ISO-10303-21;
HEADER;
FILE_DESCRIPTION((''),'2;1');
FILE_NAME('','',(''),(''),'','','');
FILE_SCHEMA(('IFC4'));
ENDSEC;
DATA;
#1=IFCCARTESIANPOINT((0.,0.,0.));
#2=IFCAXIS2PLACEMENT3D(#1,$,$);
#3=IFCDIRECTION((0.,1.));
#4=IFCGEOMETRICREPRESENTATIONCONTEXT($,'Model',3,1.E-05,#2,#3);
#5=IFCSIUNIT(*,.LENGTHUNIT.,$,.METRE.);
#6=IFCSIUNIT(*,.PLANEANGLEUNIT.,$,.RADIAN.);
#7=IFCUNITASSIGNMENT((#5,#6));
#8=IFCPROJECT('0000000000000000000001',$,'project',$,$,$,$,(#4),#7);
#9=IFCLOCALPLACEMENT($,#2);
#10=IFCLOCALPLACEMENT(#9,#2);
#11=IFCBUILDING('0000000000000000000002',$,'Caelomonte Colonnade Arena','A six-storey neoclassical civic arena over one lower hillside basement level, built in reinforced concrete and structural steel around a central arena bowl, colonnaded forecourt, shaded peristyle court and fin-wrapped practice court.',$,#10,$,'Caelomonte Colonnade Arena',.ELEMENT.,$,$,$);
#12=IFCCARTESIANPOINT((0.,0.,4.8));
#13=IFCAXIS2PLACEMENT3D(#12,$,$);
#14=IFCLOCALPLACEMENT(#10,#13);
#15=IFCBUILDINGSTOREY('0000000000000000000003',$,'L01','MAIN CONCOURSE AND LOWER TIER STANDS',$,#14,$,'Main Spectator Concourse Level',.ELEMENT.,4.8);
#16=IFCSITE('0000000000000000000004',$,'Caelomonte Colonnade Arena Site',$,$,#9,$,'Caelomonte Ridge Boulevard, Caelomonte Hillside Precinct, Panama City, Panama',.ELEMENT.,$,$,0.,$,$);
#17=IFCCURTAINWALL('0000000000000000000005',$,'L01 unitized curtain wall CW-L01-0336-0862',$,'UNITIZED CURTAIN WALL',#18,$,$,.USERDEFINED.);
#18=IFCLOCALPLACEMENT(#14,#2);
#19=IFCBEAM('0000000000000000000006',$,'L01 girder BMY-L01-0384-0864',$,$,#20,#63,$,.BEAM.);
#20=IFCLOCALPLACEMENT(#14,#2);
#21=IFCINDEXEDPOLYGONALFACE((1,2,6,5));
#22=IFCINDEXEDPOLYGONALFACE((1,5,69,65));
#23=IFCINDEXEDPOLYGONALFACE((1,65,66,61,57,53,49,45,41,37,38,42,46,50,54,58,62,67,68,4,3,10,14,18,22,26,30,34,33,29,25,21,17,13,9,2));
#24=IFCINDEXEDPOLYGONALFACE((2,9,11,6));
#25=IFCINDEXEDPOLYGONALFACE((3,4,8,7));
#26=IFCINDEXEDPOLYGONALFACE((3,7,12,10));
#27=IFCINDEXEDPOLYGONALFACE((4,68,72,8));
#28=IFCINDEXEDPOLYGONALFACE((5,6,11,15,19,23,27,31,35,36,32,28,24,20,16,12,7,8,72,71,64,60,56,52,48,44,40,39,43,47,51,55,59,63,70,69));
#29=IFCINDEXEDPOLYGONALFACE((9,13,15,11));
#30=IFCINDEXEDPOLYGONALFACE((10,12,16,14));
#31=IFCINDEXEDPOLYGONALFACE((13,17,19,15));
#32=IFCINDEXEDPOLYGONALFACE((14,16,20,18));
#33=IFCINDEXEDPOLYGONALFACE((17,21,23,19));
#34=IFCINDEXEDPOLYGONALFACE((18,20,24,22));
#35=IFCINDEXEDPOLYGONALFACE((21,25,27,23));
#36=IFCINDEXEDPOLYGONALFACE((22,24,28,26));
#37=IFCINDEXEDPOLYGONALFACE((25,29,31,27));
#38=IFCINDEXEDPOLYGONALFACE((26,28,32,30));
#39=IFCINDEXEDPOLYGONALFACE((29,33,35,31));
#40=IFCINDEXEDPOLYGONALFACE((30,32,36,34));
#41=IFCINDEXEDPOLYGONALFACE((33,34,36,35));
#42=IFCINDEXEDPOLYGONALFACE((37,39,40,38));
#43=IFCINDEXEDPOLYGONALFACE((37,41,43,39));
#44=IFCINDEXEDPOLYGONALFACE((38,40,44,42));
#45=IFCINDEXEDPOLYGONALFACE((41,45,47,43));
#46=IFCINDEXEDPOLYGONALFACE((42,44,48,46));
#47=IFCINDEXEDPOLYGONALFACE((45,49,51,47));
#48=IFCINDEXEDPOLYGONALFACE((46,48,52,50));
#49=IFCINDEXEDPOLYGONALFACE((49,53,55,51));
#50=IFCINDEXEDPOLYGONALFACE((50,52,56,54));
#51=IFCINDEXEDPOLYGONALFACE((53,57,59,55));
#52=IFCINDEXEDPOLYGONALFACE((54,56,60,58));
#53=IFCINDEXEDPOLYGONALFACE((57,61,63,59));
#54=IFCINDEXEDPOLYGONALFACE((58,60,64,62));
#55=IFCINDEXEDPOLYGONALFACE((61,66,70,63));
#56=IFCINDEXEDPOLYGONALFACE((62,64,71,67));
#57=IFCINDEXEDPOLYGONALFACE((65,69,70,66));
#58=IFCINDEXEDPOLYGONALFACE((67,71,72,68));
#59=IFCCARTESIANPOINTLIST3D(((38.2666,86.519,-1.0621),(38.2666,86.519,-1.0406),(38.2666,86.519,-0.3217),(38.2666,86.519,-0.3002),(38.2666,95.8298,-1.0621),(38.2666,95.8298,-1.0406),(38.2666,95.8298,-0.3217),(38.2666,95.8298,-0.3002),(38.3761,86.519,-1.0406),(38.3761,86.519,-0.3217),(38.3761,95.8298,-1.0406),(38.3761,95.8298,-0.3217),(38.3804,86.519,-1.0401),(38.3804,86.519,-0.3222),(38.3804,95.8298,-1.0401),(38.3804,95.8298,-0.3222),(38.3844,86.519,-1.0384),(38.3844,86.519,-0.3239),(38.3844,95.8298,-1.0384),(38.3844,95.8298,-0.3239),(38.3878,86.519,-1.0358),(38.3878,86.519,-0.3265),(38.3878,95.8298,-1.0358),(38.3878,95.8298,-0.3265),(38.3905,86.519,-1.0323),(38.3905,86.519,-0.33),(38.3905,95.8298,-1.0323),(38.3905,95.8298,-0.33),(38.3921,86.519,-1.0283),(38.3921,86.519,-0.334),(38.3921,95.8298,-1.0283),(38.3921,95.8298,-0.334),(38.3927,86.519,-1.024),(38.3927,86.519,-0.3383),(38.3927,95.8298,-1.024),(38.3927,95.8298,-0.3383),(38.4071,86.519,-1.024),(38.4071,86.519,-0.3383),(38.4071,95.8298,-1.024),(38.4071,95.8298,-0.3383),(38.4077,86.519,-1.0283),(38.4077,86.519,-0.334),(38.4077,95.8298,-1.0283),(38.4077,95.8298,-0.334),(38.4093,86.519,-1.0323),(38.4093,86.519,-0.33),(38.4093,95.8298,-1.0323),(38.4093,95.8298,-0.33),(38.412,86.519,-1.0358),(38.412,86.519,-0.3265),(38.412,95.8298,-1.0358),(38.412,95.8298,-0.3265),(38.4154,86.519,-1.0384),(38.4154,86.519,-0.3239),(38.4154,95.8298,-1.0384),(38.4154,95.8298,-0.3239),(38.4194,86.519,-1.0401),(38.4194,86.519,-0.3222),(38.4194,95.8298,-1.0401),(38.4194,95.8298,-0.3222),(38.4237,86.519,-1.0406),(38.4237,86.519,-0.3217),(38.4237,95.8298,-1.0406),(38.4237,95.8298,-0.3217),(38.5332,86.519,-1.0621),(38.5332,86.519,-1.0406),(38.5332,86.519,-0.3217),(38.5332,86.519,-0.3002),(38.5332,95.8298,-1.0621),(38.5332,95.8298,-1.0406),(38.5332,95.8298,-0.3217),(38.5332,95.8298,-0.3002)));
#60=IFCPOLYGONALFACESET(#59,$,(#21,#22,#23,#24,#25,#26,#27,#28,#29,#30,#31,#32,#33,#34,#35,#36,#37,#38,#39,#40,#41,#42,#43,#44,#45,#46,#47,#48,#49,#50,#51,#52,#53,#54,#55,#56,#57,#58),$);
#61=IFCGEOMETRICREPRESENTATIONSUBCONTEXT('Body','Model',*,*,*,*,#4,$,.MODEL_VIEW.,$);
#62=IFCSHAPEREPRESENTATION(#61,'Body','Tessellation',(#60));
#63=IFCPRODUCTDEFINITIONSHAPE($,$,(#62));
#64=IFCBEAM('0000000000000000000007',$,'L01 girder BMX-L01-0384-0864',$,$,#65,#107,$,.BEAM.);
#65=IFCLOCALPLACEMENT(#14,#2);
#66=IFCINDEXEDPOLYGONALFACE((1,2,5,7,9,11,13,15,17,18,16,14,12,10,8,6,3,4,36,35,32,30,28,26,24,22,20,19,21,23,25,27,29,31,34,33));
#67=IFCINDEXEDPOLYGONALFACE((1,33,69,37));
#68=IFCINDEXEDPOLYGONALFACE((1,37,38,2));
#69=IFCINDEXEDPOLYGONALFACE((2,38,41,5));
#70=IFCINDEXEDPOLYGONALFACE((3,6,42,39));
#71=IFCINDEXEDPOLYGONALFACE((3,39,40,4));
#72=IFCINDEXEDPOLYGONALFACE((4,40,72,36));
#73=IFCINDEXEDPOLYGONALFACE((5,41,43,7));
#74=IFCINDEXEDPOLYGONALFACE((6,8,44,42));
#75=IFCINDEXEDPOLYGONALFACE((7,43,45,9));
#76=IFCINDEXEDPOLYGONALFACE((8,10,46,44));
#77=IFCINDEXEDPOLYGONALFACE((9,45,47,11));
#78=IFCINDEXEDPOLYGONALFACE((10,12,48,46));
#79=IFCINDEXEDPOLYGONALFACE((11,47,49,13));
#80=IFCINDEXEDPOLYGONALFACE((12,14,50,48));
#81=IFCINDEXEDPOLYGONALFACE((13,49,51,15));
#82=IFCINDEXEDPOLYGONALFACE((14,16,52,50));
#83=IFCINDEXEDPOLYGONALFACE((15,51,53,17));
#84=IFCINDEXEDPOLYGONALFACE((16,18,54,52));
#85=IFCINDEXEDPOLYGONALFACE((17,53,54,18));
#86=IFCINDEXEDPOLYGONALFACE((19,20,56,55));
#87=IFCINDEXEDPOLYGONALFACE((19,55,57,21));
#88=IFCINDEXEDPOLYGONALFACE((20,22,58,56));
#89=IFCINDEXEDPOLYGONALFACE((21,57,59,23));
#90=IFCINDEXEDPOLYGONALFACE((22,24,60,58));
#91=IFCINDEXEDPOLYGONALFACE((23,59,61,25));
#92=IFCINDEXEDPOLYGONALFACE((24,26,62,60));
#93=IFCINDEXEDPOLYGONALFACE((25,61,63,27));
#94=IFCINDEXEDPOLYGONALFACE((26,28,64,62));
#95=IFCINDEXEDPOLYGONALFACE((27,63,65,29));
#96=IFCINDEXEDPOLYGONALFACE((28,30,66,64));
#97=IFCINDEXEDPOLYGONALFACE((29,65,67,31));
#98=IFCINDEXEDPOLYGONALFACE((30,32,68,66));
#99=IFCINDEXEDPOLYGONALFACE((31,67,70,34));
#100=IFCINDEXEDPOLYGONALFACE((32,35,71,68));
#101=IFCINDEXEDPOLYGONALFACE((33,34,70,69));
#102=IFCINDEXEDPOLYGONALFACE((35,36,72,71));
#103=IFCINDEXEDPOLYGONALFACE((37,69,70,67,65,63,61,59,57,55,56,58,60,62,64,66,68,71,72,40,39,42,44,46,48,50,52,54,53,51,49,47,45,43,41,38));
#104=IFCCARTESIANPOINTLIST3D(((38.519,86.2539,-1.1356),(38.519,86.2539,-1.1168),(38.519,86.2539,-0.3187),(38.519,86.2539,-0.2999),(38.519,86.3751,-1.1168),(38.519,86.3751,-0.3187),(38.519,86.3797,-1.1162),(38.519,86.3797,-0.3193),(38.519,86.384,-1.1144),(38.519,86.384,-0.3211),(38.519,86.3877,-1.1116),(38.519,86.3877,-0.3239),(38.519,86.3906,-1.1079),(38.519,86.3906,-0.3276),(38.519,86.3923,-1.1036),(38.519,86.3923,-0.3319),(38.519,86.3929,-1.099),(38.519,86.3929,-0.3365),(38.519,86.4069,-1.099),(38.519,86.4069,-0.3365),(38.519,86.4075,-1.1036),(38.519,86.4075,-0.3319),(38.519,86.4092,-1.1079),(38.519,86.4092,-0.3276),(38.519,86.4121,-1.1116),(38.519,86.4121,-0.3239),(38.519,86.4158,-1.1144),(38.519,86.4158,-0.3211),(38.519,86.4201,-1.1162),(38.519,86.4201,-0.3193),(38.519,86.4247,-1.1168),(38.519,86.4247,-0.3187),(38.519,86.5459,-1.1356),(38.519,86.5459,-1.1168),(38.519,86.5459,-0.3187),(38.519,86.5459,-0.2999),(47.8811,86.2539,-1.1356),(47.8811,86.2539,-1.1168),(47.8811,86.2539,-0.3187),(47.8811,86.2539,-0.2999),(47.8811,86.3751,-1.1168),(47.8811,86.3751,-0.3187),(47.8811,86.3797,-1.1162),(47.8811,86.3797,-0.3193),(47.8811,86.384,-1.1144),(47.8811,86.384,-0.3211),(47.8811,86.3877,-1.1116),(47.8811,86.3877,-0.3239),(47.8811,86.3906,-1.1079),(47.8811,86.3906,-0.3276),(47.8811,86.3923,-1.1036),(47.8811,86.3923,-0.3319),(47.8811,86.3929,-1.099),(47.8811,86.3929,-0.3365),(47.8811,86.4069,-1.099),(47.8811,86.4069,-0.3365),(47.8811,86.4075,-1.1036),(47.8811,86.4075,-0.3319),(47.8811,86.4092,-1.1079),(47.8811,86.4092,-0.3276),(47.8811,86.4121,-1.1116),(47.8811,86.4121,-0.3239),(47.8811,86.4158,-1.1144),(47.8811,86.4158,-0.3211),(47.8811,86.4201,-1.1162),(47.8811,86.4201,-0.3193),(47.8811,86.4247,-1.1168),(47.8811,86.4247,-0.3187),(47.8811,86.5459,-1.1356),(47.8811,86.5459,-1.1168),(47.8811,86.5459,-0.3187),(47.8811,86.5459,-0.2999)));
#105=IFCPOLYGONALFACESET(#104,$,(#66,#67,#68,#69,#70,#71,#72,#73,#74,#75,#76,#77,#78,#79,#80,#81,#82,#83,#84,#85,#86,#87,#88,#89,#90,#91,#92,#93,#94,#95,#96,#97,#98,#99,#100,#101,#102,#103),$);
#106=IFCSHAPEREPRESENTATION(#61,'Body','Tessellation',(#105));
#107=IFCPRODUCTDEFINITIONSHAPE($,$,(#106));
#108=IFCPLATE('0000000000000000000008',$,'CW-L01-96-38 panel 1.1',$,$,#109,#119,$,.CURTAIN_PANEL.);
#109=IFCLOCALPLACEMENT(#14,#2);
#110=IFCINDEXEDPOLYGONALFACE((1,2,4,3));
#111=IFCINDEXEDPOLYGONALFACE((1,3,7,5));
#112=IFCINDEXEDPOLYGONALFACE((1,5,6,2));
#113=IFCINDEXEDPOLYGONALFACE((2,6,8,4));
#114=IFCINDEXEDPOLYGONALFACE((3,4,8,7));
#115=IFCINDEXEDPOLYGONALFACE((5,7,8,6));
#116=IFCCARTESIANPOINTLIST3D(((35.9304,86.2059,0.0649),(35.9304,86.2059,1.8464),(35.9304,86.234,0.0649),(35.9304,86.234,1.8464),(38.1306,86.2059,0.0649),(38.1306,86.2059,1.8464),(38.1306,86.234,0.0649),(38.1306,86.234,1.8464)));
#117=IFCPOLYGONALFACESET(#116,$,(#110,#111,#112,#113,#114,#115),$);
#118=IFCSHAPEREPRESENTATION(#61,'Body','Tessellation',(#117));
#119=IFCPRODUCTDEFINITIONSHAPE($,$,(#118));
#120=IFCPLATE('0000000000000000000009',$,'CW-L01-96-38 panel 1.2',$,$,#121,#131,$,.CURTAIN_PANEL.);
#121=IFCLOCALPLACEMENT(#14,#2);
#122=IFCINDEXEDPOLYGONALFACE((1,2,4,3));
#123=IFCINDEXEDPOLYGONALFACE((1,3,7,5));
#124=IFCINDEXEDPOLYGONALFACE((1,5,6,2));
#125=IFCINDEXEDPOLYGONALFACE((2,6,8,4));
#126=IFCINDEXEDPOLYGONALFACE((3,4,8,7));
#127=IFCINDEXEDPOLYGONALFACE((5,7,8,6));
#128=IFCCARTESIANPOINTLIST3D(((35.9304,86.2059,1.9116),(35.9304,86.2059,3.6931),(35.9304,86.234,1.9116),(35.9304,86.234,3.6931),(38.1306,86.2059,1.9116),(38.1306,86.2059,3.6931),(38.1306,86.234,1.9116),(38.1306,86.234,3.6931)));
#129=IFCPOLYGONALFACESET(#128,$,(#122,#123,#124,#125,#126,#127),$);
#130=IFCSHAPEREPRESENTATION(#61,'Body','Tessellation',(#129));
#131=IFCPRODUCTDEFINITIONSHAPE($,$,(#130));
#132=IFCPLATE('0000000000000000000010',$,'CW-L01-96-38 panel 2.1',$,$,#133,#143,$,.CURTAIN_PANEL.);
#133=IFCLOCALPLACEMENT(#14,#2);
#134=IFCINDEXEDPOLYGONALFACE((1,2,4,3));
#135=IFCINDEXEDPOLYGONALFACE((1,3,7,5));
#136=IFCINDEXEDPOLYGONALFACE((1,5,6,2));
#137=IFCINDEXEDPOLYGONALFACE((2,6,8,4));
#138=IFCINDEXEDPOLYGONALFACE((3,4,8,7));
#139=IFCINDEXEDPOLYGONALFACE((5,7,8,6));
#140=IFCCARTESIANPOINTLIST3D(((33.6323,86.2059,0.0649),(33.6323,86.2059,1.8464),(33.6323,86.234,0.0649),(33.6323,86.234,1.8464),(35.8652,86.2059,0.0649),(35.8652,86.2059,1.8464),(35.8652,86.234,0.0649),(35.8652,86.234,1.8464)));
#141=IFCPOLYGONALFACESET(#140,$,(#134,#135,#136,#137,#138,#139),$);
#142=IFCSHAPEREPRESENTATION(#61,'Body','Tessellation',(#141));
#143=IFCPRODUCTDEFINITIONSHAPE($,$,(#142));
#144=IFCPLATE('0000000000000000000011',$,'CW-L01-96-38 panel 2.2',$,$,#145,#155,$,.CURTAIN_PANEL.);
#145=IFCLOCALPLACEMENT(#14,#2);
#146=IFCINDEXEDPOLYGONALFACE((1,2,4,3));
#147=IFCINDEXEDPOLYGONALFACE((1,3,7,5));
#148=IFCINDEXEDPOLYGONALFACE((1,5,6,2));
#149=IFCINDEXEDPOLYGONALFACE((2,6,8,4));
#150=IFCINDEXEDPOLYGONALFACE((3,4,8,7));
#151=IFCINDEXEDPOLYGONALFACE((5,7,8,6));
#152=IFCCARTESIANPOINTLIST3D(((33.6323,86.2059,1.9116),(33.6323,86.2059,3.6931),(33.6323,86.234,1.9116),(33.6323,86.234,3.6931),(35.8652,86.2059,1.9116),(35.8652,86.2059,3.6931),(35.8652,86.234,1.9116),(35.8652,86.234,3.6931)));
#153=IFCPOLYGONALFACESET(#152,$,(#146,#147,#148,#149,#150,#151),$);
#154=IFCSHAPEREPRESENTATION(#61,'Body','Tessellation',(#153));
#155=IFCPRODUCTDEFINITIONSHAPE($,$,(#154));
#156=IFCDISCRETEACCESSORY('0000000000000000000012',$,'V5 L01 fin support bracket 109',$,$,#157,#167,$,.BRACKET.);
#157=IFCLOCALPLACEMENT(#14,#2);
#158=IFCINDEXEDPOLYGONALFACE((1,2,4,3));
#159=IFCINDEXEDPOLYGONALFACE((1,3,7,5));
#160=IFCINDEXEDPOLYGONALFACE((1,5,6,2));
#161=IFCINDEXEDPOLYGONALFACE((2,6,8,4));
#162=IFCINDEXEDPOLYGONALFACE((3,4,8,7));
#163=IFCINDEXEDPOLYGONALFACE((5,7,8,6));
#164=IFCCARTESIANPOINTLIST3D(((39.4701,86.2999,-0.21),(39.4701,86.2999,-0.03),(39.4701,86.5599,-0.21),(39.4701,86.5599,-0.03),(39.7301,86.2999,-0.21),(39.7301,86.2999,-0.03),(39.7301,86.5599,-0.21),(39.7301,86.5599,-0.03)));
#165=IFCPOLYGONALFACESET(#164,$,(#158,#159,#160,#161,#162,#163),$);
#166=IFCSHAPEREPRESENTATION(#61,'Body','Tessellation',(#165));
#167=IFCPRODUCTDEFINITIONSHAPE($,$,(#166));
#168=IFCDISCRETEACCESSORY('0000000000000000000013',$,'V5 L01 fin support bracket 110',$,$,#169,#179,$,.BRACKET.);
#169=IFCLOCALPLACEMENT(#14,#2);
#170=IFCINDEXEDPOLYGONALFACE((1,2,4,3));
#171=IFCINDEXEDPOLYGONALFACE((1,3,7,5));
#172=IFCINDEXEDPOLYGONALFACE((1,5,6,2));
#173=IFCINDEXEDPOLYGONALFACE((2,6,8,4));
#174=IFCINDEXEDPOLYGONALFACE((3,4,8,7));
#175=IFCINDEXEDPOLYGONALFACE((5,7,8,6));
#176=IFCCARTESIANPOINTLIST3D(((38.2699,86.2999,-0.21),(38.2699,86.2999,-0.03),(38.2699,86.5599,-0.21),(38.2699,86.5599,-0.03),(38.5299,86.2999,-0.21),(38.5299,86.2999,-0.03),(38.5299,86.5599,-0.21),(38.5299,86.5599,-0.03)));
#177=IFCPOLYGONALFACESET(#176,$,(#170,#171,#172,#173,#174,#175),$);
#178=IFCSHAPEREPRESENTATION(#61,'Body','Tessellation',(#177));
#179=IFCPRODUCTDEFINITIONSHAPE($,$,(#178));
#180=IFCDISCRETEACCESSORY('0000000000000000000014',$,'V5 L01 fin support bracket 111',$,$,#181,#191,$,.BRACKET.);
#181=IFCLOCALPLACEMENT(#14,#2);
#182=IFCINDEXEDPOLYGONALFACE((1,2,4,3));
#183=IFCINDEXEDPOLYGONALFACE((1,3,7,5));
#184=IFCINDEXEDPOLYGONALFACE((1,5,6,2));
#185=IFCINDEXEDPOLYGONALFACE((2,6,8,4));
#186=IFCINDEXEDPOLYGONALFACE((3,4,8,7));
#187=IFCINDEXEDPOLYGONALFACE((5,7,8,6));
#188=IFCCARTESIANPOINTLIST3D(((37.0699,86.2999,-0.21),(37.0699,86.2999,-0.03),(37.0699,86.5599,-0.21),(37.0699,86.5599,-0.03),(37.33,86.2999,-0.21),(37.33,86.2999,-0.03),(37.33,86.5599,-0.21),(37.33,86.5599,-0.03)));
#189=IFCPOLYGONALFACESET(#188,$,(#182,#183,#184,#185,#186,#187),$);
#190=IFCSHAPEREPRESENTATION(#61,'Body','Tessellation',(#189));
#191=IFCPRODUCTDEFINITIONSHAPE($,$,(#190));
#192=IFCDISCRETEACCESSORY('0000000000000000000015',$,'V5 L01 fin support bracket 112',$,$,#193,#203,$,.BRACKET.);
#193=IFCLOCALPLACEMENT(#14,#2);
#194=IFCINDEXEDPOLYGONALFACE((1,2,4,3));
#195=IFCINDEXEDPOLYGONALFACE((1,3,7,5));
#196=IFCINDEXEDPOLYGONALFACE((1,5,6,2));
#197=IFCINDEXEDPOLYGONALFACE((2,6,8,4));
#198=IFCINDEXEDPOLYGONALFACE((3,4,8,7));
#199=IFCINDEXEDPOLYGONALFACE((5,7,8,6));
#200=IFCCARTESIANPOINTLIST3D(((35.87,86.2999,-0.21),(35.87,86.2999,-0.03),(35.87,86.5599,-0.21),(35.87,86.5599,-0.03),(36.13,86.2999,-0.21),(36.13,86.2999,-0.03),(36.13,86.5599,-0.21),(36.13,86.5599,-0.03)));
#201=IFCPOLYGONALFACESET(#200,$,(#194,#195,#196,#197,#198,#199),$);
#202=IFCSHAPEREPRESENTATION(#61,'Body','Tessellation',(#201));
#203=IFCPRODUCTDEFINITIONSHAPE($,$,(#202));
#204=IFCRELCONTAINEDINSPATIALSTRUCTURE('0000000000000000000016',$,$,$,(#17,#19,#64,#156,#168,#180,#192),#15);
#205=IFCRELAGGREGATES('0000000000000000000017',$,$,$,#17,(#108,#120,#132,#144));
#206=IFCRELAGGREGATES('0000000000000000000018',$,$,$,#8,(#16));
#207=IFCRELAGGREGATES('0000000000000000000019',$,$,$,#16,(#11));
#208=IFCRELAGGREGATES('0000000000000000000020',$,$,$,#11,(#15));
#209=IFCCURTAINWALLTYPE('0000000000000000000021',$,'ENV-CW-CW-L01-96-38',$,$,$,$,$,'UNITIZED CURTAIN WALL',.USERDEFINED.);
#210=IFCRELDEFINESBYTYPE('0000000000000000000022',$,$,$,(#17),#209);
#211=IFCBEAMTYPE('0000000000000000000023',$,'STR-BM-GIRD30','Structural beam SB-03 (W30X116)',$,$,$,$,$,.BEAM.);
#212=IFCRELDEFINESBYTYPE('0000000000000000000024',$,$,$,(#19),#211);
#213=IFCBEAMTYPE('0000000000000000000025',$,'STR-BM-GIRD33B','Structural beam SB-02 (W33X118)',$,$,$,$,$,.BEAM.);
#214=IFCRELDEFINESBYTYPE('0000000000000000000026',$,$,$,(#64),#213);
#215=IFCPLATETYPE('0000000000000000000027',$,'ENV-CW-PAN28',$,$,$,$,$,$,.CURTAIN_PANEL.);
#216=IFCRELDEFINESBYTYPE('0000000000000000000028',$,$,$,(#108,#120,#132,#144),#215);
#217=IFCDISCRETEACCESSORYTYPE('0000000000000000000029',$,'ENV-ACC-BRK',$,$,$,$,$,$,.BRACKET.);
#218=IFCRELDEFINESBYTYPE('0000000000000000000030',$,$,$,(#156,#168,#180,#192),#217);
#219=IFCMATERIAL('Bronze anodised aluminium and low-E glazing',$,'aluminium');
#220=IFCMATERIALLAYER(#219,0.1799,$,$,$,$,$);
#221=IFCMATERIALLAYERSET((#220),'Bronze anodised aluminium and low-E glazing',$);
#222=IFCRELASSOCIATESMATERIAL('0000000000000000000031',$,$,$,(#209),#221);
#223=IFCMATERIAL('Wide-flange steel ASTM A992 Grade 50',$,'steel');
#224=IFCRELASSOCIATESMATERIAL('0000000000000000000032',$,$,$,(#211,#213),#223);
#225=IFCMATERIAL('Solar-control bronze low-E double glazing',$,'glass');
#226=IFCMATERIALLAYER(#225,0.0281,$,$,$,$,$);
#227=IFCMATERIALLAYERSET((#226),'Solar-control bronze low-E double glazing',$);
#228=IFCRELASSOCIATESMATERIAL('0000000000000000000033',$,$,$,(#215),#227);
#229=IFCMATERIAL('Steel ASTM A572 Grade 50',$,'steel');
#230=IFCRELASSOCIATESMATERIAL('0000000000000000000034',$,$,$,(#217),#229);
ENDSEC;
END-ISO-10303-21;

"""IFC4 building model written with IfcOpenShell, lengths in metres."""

from ifc_helpers import new_model, si_unit, direction, frame, origin, origin_2d, place, context, subcontext, project, spatial, rectangle, i_section, extrude, material, layer, layer_set, material_profile, profile_set, type_object, element, aggregate, save


model = new_model("IFC4")

# Units and contexts
model_context = context("Model", 3, precision=1e-05, world=origin(), true_north=direction((0.0, 1.0)))
body_context = subcontext(model_context, "Body", "Model", "MODEL_VIEW")
ifc_project = project(units=[si_unit("LENGTHUNIT", "METRE"), si_unit("PLANEANGLEUNIT", "RADIAN")], contexts=[model_context])

# Site, building, storey
site_placement = place(None, origin())
site = spatial("IfcSite", under=ifc_project, at=site_placement, Name="Caelomonte Colonnade Arena Site", LongName="Caelomonte Ridge Boulevard, Caelomonte Hillside Precinct, Panama City, Panama", CompositionType="ELEMENT", RefElevation=0.0)
building_placement = place(site_placement, origin())
building = spatial("IfcBuilding", under=site, at=building_placement, Name="Caelomonte Colonnade Arena", Description="A six-storey neoclassical civic arena over one lower hillside basement level, built in reinforced concrete and structural steel around a central arena bowl, colonnaded forecourt, shaded peristyle court and fin-wrapped practice court.", LongName="Caelomonte Colonnade Arena", CompositionType="ELEMENT")
storey_placement = place(building_placement, frame((0.0, 0.0, 4.8)))
storey = spatial("IfcBuildingStorey", under=building, at=storey_placement, Name="L01", Description="MAIN CONCOURSE AND LOWER TIER STANDS", LongName="Main Spectator Concourse Level", CompositionType="ELEMENT", Elevation=4.8)

# Shared definitions
ifc_material_1 = material(Name="Wide-flange steel ASTM A992 Grade 50", Category="steel")

# Shared definitions
ifc_material_2 = material(Name="Bronze anodised aluminium and low-E glazing", Category="aluminium")
ifc_layer_1 = layer(ifc_material_2, 0.1799)
ifc_layer_set_1 = layer_set([ifc_layer_1], Name="Bronze anodised aluminium and low-E glazing")
curtain_wall_type = type_object("IfcCurtainWallType", Name="ENV-CW-CW-L01-96-38", ElementType="UNITIZED CURTAIN WALL", PredefinedType="USERDEFINED", material=ifc_layer_set_1)

# Curtain wall
curtain_wall_1_placement = place(storey_placement, origin())
curtain_wall_1 = element("IfcCurtainWall", 1, at=curtain_wall_1_placement, inside=storey, type_object=curtain_wall_type, Name="L01 unitized curtain wall CW-L01-0336-0862", ObjectType="UNITIZED CURTAIN WALL", PredefinedType="USERDEFINED")

# Beams
ifc_material_profile_1 = material_profile(ifc_material_1, i_section(OverallWidth=0.2666, OverallDepth=0.762, WebThickness=0.0144, FlangeThickness=0.0215, FilletRadius=0.0166, at=origin_2d()), Name="W30X116")
ifc_profile_set_1 = profile_set([ifc_material_profile_1], Name="Wide-flange steel ASTM A992 Grade 50")
beam_type_1 = type_object("IfcBeamType", Name="STR-BM-GIRD30", Description="Structural beam SB-03 (W30X116)", PredefinedType="BEAM", material=ifc_profile_set_1)
beam_1_placement = place(storey_placement, frame((38.3999, 86.519, -0.6812), z_axis=(0.0, 1.0, 0.0), x_axis=(-1.0, 0.0, 0.0)))
element("IfcBeam", 2, at=beam_1_placement, inside=storey, type_object=beam_type_1, Name="L01 girder BMY-L01-0384-0864", PredefinedType="BEAM", context=body_context, shape_type="SweptSolid", body=[
    extrude(i_section(OverallWidth=0.2666, OverallDepth=0.762, WebThickness=0.0144, FlangeThickness=0.0215, FilletRadius=0.0166, at=origin_2d()), origin(), (0.0, 0.0, 1.0), 9.3108),
])
ifc_material_profile_2 = material_profile(ifc_material_1, i_section(OverallWidth=0.292, OverallDepth=0.8357, WebThickness=0.0139, FlangeThickness=0.0188, FilletRadius=0.0178, at=origin_2d()), Name="W33X118")
ifc_profile_set_2 = profile_set([ifc_material_profile_2], Name="Wide-flange steel ASTM A992 Grade 50")
beam_type_2 = type_object("IfcBeamType", Name="STR-BM-GIRD33B", Description="Structural beam SB-02 (W33X118)", PredefinedType="BEAM", material=ifc_profile_set_2)
beam_2_placement = place(storey_placement, frame((38.519, 86.3999, -0.7178), z_axis=(1.0, 0.0, 0.0), x_axis=(0.0, 1.0, 0.0)))
element("IfcBeam", 3, at=beam_2_placement, inside=storey, type_object=beam_type_2, Name="L01 girder BMX-L01-0384-0864", PredefinedType="BEAM", context=body_context, shape_type="SweptSolid", body=[
    extrude(i_section(OverallWidth=0.292, OverallDepth=0.8357, WebThickness=0.0139, FlangeThickness=0.0188, FilletRadius=0.0178, at=origin_2d()), origin(), (0.0, 0.0, 1.0), 9.3621),
])

# Plates
ifc_material_3 = material(Name="Solar-control bronze low-E double glazing", Category="glass")
ifc_layer_2 = layer(ifc_material_3, 0.0281)
ifc_layer_set_2 = layer_set([ifc_layer_2], Name="Solar-control bronze low-E double glazing")
plate_type = type_object("IfcPlateType", Name="ENV-CW-PAN28", PredefinedType="CURTAIN_PANEL", material=ifc_layer_set_2)
plate_1_placement = place(storey_placement, frame((37.0305, 86.22, 0.0649), z_axis=(0.0, 0.0, 1.0), x_axis=(-1.0, 0.0, 0.0)))
plate_1 = element("IfcPlate", 4, at=plate_1_placement, type_object=plate_type, Name="CW-L01-96-38 panel 1.1", PredefinedType="CURTAIN_PANEL", context=body_context, shape_type="SweptSolid", body=[
    extrude(rectangle(XDim=2.2002, YDim=0.0281, at=origin_2d()), origin(), (0.0, 0.0, 1.0), 1.7815),
])
plate_2_placement = place(storey_placement, frame((37.0305, 86.22, 1.9116), z_axis=(0.0, 0.0, 1.0), x_axis=(-1.0, 0.0, 0.0)))
plate_2 = element("IfcPlate", 5, at=plate_2_placement, type_object=plate_type, Name="CW-L01-96-38 panel 1.2", PredefinedType="CURTAIN_PANEL", context=body_context, shape_type="SweptSolid", body=[
    extrude(rectangle(XDim=2.2002, YDim=0.0281, at=origin_2d()), origin(), (0.0, 0.0, 1.0), 1.7815),
])
plate_3_placement = place(storey_placement, frame((34.7488, 86.22, 0.0649), z_axis=(0.0, 0.0, 1.0), x_axis=(-1.0, 0.0, 0.0)))
plate_3 = element("IfcPlate", 6, at=plate_3_placement, type_object=plate_type, Name="CW-L01-96-38 panel 2.1", PredefinedType="CURTAIN_PANEL", context=body_context, shape_type="SweptSolid", body=[
    extrude(rectangle(XDim=2.2329, YDim=0.0281, at=origin_2d()), origin(), (0.0, 0.0, 1.0), 1.7815),
])
plate_4_placement = place(storey_placement, frame((34.7488, 86.22, 1.9116), z_axis=(0.0, 0.0, 1.0), x_axis=(-1.0, 0.0, 0.0)))
plate_4 = element("IfcPlate", 7, at=plate_4_placement, type_object=plate_type, Name="CW-L01-96-38 panel 2.2", PredefinedType="CURTAIN_PANEL", context=body_context, shape_type="SweptSolid", body=[
    extrude(rectangle(XDim=2.2329, YDim=0.0281, at=origin_2d()), origin(), (0.0, 0.0, 1.0), 1.7815),
])
aggregate(curtain_wall_1, [plate_1, plate_2, plate_3, plate_4])

# Discrete accessories
ifc_material_4 = material(Name="Steel ASTM A572 Grade 50", Category="steel")
discrete_accessory_type = type_object("IfcDiscreteAccessoryType", Name="ENV-ACC-BRK", PredefinedType="BRACKET", material=ifc_material_4)
for number, where, z_axis, x_axis, name in (
    (8, (39.6001, 86.4299, -0.21), (0.0, 0.0, 1.0), (-1.0, 0.0, 0.0), "V5 L01 fin support bracket 109"),
    (9, (38.3999, 86.4299, -0.21), (0.0, 0.0, 1.0), (-1.0, 0.0, 0.0), "V5 L01 fin support bracket 110"),
    (10, (37.2, 86.4299, -0.21), (0.0, 0.0, 1.0), (-1.0, 0.0, 0.0), "V5 L01 fin support bracket 111"),
    (11, (36.0, 86.4299, -0.21), (0.0, 0.0, 1.0), (-1.0, 0.0, 0.0), "V5 L01 fin support bracket 112"),
):
    element("IfcDiscreteAccessory", number, at=place(storey_placement, frame(where, z_axis=z_axis, x_axis=x_axis)), inside=storey, type_object=discrete_accessory_type, Name=name, PredefinedType="BRACKET", context=body_context, shape_type="SweptSolid", body=[
        extrude(rectangle(XDim=0.26, YDim=0.26, at=origin_2d()), origin(), (0.0, 0.0, 1.0), 0.1799),
    ])

save(model, "model.ifc")
